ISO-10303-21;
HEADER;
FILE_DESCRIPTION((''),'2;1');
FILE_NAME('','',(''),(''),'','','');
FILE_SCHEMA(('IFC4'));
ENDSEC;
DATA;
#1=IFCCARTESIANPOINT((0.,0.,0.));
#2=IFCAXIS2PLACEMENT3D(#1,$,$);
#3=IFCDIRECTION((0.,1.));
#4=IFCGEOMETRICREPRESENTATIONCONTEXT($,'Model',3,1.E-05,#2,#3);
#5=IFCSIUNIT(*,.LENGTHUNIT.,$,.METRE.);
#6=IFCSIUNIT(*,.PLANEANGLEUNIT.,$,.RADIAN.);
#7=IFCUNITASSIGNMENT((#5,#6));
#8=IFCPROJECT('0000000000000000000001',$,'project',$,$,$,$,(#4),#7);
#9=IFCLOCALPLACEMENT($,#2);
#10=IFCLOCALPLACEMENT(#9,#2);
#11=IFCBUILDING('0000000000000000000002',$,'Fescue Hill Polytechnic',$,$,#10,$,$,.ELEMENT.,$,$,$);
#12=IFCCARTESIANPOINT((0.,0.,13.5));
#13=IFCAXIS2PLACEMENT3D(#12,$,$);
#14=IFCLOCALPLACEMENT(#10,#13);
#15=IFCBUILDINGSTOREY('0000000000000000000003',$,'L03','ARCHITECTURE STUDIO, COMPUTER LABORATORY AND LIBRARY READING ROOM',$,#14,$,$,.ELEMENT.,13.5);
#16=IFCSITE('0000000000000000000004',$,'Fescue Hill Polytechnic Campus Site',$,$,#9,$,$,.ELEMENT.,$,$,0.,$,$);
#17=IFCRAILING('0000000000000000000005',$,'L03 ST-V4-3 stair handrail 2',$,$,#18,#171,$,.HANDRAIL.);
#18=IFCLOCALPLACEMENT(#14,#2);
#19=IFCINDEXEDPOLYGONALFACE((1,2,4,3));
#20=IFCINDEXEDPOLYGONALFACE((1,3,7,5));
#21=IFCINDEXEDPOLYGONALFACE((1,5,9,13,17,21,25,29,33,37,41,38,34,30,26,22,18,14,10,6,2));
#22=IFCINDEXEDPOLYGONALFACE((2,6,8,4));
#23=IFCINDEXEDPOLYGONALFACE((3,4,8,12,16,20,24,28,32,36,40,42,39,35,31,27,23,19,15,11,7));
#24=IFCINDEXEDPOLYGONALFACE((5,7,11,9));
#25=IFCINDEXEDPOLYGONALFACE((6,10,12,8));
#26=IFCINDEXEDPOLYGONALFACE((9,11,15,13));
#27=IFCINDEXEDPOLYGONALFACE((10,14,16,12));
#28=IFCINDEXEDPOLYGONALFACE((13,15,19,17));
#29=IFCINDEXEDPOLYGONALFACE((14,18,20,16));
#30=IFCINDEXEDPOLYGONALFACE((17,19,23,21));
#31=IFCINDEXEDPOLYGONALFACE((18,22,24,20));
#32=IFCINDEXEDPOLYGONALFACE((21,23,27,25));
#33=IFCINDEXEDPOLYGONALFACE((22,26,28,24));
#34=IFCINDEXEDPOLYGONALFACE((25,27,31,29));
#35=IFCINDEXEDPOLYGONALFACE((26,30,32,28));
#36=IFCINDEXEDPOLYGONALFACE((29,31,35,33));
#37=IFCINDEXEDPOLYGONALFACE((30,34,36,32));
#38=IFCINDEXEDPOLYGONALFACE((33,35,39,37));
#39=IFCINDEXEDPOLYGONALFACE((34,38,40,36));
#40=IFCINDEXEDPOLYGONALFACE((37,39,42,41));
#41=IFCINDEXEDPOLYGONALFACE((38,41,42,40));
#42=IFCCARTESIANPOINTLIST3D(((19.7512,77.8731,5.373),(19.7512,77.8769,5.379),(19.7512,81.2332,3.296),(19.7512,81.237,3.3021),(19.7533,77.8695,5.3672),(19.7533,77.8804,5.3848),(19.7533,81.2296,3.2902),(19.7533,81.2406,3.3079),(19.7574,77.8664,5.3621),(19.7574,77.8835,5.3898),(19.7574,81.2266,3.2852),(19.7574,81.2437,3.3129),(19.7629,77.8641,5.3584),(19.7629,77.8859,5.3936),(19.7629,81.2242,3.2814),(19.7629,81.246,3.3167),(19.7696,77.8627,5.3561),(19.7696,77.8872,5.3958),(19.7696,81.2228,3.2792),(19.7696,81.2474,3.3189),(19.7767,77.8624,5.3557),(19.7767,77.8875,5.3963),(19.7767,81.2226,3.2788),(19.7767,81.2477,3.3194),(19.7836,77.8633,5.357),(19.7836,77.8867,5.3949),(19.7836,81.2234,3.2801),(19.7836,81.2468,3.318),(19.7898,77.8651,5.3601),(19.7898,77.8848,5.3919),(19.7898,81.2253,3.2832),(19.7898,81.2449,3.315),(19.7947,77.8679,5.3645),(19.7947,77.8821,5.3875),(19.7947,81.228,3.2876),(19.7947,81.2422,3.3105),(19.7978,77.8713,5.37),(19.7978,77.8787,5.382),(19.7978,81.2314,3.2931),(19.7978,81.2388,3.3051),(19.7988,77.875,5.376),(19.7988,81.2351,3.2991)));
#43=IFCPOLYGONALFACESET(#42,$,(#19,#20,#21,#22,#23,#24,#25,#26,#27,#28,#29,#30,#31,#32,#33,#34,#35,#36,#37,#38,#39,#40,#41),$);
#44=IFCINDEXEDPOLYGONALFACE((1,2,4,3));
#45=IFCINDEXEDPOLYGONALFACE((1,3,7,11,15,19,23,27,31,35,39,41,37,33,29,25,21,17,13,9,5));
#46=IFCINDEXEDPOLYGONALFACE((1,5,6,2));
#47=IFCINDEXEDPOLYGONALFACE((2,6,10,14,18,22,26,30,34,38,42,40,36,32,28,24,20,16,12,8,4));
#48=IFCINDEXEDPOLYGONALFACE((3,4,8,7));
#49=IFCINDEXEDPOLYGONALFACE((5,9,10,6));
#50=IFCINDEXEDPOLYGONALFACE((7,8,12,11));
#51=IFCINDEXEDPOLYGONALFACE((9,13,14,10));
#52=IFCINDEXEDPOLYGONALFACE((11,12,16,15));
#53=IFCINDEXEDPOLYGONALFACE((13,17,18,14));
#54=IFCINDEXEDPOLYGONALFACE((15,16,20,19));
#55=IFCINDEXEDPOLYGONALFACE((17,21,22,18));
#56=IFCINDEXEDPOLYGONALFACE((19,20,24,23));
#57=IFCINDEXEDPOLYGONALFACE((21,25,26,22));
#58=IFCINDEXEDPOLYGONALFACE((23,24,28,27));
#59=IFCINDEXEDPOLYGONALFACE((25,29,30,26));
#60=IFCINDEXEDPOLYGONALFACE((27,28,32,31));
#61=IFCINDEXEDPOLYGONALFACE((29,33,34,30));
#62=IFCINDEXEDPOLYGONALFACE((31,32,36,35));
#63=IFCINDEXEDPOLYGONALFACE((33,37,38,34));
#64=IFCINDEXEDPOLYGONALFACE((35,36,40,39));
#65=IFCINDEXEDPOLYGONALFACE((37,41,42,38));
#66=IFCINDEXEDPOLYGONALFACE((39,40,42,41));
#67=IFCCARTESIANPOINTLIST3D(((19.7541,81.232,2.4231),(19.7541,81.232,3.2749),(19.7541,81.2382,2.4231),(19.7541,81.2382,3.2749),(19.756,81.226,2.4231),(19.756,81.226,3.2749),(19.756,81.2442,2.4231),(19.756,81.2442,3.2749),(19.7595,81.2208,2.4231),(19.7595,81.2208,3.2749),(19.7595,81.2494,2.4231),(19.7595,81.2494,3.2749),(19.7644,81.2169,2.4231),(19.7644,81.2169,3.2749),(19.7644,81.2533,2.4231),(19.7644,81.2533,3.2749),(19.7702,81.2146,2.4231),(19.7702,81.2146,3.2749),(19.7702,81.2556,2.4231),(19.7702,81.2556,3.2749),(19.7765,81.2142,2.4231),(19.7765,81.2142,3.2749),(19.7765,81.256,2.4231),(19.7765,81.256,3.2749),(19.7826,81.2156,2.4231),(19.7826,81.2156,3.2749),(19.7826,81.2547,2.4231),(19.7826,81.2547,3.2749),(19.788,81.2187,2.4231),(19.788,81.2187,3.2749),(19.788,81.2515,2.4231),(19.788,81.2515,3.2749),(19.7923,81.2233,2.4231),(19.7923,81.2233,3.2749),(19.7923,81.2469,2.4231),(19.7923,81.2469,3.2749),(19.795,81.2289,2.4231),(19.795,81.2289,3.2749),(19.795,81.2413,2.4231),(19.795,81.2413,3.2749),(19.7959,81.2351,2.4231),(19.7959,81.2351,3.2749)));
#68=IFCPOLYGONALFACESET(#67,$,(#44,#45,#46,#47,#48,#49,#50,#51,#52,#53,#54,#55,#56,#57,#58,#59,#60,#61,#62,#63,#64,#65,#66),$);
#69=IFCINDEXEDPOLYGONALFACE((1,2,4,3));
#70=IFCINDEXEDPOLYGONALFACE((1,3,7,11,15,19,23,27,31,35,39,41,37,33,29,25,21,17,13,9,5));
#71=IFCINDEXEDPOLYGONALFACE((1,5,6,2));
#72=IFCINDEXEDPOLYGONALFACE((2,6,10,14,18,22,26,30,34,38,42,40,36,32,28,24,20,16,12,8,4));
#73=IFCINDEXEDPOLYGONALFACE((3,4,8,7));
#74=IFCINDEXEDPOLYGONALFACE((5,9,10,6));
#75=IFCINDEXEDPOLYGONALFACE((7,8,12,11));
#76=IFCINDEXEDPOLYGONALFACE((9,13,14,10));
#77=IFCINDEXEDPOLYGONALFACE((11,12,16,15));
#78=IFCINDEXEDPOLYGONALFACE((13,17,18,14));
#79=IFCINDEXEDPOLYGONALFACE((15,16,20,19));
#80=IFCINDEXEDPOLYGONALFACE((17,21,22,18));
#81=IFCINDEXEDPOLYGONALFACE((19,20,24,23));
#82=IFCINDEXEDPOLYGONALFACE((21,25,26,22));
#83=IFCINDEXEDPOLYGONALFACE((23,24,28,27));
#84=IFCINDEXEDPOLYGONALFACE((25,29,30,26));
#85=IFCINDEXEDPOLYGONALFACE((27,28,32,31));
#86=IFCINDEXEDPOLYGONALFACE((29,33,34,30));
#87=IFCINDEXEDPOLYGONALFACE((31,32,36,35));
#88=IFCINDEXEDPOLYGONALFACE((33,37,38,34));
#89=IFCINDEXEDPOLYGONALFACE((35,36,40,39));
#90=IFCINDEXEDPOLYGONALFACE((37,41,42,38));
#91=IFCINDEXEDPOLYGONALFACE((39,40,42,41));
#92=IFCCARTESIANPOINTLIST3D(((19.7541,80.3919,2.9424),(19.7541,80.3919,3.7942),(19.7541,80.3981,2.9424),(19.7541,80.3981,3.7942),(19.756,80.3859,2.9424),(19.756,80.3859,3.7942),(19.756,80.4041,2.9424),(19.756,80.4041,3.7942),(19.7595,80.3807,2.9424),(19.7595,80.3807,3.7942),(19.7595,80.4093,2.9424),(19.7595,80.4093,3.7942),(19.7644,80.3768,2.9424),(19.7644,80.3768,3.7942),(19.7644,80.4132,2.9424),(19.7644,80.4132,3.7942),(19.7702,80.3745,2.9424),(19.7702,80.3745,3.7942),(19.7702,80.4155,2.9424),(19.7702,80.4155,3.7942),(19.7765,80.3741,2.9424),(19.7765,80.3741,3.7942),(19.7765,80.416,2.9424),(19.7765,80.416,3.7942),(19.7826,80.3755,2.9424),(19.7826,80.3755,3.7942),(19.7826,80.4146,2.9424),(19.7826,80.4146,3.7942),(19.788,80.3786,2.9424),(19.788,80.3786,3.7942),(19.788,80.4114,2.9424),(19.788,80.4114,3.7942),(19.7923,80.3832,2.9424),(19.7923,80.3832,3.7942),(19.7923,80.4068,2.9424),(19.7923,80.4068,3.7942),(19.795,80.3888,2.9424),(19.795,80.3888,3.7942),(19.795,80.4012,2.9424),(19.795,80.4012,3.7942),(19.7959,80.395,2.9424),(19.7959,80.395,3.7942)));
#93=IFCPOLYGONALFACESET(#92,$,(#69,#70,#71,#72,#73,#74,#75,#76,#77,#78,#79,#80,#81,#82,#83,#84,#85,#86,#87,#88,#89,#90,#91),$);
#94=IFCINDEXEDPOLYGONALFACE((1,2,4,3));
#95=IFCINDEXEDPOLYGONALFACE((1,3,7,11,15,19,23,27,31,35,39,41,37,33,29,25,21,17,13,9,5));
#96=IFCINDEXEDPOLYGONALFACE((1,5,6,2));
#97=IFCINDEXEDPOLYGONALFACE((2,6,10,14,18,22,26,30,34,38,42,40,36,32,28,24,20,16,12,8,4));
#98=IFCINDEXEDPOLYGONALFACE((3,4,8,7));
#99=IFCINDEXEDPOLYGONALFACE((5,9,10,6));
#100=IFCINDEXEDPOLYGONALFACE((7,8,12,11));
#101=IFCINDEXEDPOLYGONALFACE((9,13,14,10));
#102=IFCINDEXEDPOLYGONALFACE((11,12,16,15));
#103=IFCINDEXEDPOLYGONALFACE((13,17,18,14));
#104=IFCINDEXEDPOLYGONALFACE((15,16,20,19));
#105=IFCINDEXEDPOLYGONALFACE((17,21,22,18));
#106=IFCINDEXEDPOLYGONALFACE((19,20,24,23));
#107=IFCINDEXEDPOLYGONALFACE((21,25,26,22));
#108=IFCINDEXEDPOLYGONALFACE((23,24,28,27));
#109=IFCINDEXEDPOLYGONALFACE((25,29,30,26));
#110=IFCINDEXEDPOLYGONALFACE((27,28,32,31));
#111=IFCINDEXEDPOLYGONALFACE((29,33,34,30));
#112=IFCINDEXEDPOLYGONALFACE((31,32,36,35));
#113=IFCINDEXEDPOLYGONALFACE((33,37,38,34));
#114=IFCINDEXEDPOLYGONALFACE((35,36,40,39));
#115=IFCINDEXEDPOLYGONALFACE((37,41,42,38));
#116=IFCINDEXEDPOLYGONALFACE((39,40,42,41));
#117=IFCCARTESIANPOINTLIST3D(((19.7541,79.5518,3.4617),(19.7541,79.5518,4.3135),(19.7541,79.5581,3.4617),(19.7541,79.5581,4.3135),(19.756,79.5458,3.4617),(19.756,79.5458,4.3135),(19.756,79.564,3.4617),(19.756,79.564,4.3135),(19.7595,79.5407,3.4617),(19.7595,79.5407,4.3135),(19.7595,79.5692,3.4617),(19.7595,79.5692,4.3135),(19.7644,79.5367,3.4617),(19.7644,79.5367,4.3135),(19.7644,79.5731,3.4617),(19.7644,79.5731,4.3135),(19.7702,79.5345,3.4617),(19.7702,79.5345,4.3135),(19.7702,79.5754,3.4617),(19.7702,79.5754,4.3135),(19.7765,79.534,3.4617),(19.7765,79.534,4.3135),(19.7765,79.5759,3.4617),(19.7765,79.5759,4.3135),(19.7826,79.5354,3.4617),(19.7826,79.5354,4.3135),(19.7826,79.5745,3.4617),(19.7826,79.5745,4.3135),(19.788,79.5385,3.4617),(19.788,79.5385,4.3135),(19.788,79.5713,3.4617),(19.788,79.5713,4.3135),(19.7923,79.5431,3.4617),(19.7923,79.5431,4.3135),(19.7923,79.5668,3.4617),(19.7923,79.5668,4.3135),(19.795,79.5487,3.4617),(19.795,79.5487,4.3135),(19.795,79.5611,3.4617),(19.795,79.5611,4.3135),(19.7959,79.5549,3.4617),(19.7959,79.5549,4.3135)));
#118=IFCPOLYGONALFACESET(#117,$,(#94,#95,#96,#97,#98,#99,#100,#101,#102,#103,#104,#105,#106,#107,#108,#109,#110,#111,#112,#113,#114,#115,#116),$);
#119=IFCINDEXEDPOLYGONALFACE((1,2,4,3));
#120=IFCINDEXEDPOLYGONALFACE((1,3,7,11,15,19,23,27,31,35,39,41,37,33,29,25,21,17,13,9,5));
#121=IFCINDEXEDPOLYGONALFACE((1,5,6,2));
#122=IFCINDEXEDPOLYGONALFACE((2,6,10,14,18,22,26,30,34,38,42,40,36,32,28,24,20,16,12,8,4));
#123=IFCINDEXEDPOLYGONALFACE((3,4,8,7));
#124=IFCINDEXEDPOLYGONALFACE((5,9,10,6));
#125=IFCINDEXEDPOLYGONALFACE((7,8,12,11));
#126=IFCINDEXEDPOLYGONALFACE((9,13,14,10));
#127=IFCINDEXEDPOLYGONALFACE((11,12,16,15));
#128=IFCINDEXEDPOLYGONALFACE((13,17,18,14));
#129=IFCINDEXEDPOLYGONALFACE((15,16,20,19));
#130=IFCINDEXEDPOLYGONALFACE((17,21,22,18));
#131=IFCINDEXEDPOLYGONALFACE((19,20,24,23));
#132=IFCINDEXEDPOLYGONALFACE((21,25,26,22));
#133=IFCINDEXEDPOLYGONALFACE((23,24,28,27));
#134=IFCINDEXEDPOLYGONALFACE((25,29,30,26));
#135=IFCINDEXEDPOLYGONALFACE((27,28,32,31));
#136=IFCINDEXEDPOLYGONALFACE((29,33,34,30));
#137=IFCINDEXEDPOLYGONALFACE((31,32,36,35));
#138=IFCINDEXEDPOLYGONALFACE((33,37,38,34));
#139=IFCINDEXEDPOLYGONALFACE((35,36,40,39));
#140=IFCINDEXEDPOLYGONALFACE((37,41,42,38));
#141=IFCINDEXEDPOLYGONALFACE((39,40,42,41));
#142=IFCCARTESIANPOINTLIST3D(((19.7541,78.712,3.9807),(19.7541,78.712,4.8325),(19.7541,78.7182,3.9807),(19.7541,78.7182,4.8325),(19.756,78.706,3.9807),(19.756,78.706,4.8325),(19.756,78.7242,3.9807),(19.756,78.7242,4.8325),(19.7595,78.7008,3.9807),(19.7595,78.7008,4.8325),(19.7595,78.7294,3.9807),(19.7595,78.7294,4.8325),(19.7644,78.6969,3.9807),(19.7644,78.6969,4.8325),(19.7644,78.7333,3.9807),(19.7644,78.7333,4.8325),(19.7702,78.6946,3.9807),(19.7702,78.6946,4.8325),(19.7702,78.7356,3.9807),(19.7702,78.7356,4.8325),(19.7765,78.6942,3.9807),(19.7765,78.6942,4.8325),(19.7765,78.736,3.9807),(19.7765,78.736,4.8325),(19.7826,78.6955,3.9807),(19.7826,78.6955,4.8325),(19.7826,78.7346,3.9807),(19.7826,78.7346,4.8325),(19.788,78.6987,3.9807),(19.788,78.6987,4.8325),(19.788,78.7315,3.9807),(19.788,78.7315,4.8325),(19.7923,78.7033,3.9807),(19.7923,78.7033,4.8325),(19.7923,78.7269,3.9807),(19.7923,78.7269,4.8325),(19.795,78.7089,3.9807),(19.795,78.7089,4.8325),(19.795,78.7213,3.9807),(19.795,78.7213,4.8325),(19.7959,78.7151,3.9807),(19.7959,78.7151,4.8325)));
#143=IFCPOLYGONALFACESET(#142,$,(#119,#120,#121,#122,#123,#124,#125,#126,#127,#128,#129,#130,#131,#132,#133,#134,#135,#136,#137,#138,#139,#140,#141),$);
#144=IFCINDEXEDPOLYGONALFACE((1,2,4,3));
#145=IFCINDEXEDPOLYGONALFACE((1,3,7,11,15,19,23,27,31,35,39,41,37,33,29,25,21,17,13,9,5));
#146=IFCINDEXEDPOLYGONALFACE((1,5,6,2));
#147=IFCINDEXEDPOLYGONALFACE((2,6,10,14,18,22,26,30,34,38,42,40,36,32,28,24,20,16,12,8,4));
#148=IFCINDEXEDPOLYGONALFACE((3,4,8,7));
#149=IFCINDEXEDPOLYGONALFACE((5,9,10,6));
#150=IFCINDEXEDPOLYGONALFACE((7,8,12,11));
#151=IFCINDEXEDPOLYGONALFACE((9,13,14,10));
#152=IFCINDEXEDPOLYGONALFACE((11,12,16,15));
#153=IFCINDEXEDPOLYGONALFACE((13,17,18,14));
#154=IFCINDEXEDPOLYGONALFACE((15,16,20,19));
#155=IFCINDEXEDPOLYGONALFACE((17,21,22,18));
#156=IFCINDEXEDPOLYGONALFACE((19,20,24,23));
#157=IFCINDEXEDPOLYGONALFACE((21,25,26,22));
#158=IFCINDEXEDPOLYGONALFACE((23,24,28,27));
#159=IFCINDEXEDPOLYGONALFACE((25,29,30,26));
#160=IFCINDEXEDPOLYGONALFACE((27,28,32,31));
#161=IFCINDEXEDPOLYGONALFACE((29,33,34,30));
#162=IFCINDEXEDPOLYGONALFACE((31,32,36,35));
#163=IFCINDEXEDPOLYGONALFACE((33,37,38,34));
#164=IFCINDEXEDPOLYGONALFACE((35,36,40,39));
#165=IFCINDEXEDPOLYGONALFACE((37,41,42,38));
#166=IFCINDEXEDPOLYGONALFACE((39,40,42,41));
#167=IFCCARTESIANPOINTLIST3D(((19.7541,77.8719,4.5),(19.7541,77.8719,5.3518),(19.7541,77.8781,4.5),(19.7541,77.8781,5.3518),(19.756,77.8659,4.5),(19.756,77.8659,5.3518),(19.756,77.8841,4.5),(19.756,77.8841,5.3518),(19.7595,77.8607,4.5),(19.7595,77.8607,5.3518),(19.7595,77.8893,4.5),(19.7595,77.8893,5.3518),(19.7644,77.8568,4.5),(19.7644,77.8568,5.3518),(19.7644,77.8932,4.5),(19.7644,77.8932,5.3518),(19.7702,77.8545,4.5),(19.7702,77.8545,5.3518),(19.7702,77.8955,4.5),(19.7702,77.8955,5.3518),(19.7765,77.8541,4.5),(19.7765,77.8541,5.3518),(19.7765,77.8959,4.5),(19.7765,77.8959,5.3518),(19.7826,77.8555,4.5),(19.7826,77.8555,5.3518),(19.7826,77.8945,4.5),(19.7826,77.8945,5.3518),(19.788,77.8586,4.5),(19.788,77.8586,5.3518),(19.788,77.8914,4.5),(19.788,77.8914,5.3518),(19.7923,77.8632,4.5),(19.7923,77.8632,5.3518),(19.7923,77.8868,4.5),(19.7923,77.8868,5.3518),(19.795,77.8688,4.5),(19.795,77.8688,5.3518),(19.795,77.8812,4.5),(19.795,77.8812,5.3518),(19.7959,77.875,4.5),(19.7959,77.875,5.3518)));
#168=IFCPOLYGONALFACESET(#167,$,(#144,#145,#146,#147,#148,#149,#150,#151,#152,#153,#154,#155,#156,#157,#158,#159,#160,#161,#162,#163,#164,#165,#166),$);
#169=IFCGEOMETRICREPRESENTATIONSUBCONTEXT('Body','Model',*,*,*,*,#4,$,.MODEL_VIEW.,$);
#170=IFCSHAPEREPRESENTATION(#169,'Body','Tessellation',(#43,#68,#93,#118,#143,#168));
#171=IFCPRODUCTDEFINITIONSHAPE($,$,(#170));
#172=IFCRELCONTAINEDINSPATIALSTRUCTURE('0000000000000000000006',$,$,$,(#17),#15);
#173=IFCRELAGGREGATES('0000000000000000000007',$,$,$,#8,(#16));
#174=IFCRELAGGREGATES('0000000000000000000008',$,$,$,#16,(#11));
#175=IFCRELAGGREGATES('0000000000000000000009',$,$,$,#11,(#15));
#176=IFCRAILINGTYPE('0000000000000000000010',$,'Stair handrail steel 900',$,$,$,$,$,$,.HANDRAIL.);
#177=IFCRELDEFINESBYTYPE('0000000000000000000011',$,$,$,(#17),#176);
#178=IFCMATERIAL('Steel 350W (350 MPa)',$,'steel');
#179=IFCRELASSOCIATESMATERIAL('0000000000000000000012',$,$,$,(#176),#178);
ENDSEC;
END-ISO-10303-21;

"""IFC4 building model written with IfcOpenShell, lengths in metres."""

from ifc_helpers import new_model, si_unit, direction, frame, origin, origin_2d, place, context, subcontext, project, spatial, circle, extrude, material, type_object, element, save


model = new_model("IFC4")

# Units and contexts
model_context = context("Model", 3, precision=1e-05, world=origin(), true_north=direction((0.0, 1.0)))
body_context = subcontext(model_context, "Body", "Model", "MODEL_VIEW")
ifc_project = project(units=[si_unit("LENGTHUNIT", "METRE"), si_unit("PLANEANGLEUNIT", "RADIAN")], contexts=[model_context])

# Site, building, storey
site_placement = place(None, origin())
site = spatial("IfcSite", under=ifc_project, at=site_placement, Name="Fescue Hill Polytechnic Campus Site", CompositionType="ELEMENT", RefElevation=0.0)
building_placement = place(site_placement, origin())
building = spatial("IfcBuilding", under=site, at=building_placement, Name="Fescue Hill Polytechnic", CompositionType="ELEMENT")
storey_placement = place(building_placement, frame((0.0, 0.0, 13.5)))
storey = spatial("IfcBuildingStorey", under=building, at=storey_placement, Name="L03", Description="ARCHITECTURE STUDIO, COMPUTER LABORATORY AND LIBRARY READING ROOM", CompositionType="ELEMENT", Elevation=13.5)

# Railing
ifc_material_1 = material(Name="Steel 350W (350 MPa)", Category="steel")
railing_type_1 = type_object("IfcRailingType", Name="Stair handrail steel 900", PredefinedType="HANDRAIL", material=ifc_material_1)
railing_1_placement = place(storey_placement, frame((19.7749, 81.2351, 2.4231)))
element("IfcRailing", 1, at=railing_1_placement, inside=storey, type_object=railing_type_1, Name="L03 ST-V4-3 stair handrail 2", PredefinedType="HANDRAIL", context=body_context, shape_type="SweptSolid", body=[
    extrude(circle(Radius=0.0239, at=origin_2d()), frame((0.0, 0.0, 0.876), z_axis=(0.0, -0.850623, 0.525776), x_axis=(1.0, 0.0, 0.0)), (0.0, 0.0, 1.0), 3.9502),
    extrude(circle(Radius=0.021, at=origin_2d()), origin(), (0.0, 0.0, 1.0), 0.8518),
    extrude(circle(Radius=0.021, at=origin_2d()), frame((0.0, -0.8401, 0.5193)), (0.0, 0.0, 1.0), 0.8518),
    extrude(circle(Radius=0.021, at=origin_2d()), frame((0.0, -1.6802, 1.0386)), (0.0, 0.0, 1.0), 0.8518),
    extrude(circle(Radius=0.021, at=origin_2d()), frame((0.0, -2.52, 1.5576)), (0.0, 0.0, 1.0), 0.8518),
    extrude(circle(Radius=0.021, at=origin_2d()), frame((0.0, -3.3601, 2.0769)), (0.0, 0.0, 1.0), 0.8518),
])

save(model, "model.ifc")
